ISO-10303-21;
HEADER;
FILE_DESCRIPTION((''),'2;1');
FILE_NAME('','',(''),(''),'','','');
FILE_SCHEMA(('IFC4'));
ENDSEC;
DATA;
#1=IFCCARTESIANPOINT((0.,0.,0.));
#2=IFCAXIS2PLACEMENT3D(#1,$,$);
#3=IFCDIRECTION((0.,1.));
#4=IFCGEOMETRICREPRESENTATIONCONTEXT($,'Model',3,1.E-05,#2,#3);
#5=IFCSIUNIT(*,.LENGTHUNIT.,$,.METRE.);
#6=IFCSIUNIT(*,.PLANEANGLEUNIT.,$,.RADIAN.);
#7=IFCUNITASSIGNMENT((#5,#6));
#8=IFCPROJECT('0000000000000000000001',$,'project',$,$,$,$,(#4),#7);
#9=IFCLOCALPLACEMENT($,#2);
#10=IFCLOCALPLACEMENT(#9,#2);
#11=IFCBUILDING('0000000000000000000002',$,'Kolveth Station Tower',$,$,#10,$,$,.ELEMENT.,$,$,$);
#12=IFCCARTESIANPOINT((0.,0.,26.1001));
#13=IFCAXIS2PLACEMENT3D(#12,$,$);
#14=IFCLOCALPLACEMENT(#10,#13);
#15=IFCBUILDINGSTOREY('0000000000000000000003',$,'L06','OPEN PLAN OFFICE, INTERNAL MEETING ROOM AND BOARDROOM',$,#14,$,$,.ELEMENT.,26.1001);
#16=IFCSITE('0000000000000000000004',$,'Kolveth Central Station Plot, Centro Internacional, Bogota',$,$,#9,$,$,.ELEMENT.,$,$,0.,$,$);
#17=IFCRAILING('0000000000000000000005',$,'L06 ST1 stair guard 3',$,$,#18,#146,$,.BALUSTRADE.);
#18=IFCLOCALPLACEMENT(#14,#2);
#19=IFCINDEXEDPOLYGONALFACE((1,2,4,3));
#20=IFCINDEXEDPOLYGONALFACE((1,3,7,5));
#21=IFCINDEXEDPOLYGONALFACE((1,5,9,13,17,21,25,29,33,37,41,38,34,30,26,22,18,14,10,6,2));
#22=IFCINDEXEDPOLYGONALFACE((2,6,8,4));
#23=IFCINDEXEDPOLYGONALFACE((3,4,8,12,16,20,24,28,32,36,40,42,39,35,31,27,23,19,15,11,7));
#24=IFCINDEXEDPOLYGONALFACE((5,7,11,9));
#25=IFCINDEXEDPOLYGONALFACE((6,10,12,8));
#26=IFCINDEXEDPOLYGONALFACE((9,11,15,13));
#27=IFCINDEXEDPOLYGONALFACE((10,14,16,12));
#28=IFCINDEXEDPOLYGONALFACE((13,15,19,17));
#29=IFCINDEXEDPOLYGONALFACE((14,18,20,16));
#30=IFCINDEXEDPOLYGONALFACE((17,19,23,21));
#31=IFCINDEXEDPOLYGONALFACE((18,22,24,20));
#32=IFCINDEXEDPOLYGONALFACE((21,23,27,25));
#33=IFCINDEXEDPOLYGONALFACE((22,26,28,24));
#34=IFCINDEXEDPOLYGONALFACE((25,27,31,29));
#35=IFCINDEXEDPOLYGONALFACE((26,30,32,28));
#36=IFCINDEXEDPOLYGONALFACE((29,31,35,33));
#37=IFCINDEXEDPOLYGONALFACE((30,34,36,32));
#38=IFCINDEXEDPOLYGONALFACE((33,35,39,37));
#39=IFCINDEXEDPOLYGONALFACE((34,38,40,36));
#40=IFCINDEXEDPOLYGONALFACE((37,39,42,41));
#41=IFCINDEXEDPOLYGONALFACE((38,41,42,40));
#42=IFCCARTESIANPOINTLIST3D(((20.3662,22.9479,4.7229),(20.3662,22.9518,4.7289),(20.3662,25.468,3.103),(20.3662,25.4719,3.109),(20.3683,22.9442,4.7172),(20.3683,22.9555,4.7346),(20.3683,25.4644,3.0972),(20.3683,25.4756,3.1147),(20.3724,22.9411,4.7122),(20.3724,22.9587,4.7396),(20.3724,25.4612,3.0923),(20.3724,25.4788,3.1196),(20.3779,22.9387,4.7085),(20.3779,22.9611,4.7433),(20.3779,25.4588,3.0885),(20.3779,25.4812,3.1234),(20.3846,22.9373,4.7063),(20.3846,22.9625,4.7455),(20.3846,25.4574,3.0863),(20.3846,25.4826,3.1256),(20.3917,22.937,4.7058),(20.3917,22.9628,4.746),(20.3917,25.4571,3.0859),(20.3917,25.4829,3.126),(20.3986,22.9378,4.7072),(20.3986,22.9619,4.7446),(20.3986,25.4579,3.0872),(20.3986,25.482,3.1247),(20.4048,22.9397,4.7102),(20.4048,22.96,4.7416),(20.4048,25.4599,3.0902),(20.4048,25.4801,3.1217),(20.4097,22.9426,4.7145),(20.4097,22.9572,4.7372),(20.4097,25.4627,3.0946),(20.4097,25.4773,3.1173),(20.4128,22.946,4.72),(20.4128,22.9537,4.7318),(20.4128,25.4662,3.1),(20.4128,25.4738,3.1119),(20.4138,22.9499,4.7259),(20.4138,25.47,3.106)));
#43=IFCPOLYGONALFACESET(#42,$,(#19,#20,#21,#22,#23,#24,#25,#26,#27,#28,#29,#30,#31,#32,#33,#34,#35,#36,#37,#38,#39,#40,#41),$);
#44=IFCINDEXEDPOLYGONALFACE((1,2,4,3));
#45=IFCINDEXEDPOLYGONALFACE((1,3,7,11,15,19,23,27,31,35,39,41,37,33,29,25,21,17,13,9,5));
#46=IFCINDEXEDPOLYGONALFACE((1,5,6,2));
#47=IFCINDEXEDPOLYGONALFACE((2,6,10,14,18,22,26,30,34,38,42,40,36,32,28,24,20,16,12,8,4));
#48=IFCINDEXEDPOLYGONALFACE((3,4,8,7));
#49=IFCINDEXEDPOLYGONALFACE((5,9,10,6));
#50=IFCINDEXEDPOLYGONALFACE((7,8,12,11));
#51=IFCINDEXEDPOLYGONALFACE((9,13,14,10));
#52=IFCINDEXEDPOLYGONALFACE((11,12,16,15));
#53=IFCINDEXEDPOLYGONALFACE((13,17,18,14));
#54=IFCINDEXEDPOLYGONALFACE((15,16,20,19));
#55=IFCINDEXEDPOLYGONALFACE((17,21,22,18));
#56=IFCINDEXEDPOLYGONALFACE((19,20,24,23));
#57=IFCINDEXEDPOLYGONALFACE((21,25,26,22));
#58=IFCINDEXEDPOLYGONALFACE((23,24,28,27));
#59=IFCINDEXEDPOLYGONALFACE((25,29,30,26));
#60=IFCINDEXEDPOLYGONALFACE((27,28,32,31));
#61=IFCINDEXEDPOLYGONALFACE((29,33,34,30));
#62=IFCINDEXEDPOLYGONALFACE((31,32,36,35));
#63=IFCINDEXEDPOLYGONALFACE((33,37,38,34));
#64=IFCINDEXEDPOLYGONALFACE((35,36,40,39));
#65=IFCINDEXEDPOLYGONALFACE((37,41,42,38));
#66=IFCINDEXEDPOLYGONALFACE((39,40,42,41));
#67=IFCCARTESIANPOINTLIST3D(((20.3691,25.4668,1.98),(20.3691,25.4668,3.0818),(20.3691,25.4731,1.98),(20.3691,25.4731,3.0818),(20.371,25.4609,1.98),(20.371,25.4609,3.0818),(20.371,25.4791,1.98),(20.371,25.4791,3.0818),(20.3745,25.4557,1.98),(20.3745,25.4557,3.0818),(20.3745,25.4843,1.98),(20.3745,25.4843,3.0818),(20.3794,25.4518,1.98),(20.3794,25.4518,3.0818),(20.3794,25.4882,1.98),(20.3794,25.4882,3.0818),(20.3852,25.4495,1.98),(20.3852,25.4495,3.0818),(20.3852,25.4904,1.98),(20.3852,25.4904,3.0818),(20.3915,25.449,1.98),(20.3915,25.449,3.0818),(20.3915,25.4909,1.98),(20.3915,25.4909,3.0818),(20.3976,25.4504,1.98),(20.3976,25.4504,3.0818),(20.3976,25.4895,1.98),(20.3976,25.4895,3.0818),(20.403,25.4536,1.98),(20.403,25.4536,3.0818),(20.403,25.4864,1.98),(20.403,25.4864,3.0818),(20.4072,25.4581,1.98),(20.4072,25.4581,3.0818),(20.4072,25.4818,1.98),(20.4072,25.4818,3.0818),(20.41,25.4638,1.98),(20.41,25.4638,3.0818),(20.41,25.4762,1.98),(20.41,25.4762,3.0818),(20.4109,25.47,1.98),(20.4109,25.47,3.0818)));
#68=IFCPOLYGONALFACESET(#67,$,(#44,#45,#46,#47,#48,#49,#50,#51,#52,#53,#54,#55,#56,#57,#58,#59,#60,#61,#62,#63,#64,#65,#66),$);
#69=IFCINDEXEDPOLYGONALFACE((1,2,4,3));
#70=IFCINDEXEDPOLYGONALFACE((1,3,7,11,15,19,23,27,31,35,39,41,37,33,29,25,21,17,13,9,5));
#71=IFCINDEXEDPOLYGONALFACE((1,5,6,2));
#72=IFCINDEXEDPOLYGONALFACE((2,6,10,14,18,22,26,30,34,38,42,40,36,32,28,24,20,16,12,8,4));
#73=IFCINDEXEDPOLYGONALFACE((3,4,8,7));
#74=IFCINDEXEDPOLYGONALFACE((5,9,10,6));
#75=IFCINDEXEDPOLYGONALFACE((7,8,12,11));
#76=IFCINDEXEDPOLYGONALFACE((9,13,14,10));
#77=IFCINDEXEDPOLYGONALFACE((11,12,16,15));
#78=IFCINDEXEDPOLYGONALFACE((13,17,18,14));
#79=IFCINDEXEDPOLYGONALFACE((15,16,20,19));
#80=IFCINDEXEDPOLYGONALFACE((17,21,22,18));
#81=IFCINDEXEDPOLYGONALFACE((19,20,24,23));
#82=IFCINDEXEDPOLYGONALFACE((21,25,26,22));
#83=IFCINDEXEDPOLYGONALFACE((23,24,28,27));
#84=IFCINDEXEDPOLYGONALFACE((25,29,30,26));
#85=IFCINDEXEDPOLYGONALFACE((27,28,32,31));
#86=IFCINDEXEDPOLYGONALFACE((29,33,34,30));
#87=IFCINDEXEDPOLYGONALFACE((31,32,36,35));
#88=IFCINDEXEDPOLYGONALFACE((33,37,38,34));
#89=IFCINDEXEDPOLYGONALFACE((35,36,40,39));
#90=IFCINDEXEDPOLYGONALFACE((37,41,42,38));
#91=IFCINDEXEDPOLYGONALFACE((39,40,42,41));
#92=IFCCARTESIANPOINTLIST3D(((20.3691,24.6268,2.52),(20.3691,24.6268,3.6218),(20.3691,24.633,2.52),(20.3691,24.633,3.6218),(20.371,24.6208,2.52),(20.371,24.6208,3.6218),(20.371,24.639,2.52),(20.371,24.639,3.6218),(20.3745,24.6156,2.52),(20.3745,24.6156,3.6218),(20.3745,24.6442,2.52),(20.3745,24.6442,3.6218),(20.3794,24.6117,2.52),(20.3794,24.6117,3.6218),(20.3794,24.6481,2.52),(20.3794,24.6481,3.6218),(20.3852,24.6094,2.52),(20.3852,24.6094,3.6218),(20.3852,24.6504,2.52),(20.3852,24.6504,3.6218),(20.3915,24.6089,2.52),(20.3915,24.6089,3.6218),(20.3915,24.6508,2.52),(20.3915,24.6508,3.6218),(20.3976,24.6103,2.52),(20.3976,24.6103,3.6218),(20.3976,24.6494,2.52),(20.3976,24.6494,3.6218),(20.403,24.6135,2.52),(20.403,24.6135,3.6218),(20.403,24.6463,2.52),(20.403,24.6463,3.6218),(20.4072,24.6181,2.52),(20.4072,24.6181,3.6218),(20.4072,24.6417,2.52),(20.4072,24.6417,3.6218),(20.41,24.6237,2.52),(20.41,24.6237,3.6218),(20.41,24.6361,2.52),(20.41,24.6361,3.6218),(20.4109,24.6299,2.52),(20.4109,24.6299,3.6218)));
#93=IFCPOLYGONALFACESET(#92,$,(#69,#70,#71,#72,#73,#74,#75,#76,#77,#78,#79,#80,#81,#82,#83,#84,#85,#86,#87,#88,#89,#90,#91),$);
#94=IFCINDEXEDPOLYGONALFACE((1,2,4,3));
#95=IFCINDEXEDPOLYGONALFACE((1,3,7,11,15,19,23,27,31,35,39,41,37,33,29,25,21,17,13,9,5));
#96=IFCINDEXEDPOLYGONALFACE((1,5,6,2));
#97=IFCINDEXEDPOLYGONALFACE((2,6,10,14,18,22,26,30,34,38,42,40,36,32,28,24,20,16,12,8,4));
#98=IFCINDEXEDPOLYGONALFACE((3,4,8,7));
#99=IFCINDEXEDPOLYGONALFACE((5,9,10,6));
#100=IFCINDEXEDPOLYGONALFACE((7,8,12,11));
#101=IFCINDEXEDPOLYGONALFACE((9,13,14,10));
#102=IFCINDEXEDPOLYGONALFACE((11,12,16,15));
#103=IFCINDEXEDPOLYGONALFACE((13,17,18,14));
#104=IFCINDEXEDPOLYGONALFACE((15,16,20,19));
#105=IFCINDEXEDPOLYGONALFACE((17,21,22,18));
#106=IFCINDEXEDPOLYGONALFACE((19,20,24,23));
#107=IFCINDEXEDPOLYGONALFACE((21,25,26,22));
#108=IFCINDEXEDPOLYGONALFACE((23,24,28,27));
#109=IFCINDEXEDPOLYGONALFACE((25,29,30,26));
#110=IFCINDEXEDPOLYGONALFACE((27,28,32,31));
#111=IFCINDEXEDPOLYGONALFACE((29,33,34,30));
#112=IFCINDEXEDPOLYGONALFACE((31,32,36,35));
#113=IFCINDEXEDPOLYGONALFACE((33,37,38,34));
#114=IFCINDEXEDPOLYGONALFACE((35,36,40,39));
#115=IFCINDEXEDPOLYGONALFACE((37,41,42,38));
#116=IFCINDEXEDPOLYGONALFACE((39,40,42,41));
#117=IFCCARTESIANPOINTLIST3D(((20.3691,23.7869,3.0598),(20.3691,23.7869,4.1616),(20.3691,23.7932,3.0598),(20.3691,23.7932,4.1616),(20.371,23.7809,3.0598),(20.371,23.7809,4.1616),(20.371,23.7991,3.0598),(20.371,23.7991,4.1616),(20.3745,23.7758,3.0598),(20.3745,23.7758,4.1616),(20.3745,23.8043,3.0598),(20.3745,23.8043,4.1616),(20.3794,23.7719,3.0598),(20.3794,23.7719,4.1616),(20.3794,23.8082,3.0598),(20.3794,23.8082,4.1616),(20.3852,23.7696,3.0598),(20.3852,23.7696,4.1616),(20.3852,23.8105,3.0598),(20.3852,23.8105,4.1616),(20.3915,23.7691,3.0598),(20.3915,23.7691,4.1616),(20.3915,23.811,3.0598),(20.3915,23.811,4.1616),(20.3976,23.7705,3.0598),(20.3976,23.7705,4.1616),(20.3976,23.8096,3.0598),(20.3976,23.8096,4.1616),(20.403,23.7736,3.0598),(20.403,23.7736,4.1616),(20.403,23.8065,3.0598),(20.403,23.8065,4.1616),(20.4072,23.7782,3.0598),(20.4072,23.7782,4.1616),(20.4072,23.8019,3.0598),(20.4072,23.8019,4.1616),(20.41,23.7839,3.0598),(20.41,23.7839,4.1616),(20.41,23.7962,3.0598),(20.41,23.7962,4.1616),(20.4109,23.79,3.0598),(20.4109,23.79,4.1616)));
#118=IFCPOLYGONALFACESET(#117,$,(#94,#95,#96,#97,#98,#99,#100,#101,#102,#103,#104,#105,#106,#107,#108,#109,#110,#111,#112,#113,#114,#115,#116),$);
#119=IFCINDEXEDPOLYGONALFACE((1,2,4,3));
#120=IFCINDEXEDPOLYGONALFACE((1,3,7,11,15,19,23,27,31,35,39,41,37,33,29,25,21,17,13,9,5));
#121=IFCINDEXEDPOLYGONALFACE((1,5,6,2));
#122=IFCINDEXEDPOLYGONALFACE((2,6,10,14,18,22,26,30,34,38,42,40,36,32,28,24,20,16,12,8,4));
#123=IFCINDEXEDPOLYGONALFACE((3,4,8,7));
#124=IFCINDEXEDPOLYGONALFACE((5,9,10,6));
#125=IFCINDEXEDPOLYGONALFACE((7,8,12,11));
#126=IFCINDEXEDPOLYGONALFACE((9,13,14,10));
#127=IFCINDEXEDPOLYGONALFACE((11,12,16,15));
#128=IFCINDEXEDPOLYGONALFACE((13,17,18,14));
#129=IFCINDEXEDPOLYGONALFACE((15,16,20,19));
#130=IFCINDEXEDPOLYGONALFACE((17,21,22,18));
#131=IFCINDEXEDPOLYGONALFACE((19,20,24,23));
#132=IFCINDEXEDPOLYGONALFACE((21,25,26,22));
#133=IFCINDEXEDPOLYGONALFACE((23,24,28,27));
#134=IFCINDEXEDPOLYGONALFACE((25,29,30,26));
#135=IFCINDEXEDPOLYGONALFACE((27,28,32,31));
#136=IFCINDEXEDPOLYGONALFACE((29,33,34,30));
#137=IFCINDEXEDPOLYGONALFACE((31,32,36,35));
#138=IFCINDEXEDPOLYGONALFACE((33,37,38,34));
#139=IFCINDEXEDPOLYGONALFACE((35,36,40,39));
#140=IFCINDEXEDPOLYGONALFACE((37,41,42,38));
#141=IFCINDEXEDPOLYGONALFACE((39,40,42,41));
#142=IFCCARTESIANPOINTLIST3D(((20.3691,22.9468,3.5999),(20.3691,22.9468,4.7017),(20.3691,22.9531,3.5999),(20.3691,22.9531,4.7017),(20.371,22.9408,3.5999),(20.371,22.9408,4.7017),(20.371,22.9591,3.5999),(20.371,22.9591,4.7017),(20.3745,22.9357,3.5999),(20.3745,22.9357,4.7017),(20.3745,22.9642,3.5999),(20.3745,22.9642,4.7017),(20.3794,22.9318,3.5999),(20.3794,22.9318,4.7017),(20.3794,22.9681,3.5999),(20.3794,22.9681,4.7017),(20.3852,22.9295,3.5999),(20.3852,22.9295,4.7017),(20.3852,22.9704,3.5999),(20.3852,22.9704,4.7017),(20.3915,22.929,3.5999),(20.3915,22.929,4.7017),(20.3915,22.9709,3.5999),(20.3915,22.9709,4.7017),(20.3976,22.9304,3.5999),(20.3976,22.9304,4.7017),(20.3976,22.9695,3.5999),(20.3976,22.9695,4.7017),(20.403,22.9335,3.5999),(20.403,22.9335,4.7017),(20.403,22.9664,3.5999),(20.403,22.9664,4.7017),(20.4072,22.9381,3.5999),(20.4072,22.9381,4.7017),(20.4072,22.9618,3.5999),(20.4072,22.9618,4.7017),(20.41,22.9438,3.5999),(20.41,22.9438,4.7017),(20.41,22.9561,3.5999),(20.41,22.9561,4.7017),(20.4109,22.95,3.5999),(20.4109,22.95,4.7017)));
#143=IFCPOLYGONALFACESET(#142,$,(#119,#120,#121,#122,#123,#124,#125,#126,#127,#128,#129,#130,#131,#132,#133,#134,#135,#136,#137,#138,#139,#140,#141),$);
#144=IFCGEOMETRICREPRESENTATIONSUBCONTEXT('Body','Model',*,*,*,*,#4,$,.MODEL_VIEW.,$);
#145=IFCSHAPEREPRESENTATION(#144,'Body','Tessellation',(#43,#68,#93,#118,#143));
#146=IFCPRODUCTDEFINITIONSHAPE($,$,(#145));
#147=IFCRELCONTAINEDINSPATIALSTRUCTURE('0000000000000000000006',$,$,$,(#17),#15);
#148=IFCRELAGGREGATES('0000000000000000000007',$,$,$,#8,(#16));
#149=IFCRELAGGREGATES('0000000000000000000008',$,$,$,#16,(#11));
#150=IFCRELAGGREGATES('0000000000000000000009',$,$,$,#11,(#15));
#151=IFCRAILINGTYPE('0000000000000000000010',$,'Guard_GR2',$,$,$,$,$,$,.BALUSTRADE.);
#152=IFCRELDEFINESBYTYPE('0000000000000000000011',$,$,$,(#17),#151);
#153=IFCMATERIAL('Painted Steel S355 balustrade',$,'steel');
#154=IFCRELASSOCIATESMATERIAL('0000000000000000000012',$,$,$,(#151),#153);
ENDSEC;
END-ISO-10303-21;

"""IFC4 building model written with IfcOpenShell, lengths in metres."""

from ifc_helpers import new_model, si_unit, direction, frame, origin, origin_2d, place, context, subcontext, project, spatial, circle, extrude, material, type_object, element, save


model = new_model("IFC4")

# Units and contexts
model_context = context("Model", 3, precision=1e-05, world=origin(), true_north=direction((0.0, 1.0)))
body_context = subcontext(model_context, "Body", "Model", "MODEL_VIEW")
ifc_project = project(units=[si_unit("LENGTHUNIT", "METRE"), si_unit("PLANEANGLEUNIT", "RADIAN")], contexts=[model_context])

# Site, building, storey
site_placement = place(None, origin())
site = spatial("IfcSite", under=ifc_project, at=site_placement, Name="Kolveth Central Station Plot, Centro Internacional, Bogota", CompositionType="ELEMENT", RefElevation=0.0)
building_placement = place(site_placement, origin())
building = spatial("IfcBuilding", under=site, at=building_placement, Name="Kolveth Station Tower", CompositionType="ELEMENT")
storey_placement = place(building_placement, frame((0.0, 0.0, 26.1001)))
storey = spatial("IfcBuildingStorey", under=building, at=storey_placement, Name="L06", Description="OPEN PLAN OFFICE, INTERNAL MEETING ROOM AND BOARDROOM", CompositionType="ELEMENT", Elevation=26.1001)

# Railing
ifc_material_1 = material(Name="Painted Steel S355 balustrade", Category="steel")
railing_type_1 = type_object("IfcRailingType", Name="Guard_GR2", PredefinedType="BALUSTRADE", material=ifc_material_1)
railing_1_placement = place(storey_placement, frame((20.3899, 25.47, 1.98)))
element("IfcRailing", 1, at=railing_1_placement, inside=storey, type_object=railing_type_1, Name="L06 ST1 stair guard 3", PredefinedType="BALUSTRADE", context=body_context, shape_type="SweptSolid", body=[
    extrude(circle(Radius=0.0239, at=origin_2d()), frame((0.0, 0.0, 1.126), z_axis=(0.0, -0.8412, 0.540725), x_axis=(1.0, 0.0, 0.0)), (0.0, 0.0, 1.0), 2.9958),
    extrude(circle(Radius=0.021, at=origin_2d()), origin(), (0.0, 0.0, 1.0), 1.1018),
    extrude(circle(Radius=0.021, at=origin_2d()), frame((0.0, -0.8401, 0.54)), (0.0, 0.0, 1.0), 1.1018),
    extrude(circle(Radius=0.021, at=origin_2d()), frame((0.0, -1.6799, 1.0798)), (0.0, 0.0, 1.0), 1.1018),
    extrude(circle(Radius=0.021, at=origin_2d()), frame((0.0, -2.52, 1.6199)), (0.0, 0.0, 1.0), 1.1018),
])

save(model, "model.ifc")
